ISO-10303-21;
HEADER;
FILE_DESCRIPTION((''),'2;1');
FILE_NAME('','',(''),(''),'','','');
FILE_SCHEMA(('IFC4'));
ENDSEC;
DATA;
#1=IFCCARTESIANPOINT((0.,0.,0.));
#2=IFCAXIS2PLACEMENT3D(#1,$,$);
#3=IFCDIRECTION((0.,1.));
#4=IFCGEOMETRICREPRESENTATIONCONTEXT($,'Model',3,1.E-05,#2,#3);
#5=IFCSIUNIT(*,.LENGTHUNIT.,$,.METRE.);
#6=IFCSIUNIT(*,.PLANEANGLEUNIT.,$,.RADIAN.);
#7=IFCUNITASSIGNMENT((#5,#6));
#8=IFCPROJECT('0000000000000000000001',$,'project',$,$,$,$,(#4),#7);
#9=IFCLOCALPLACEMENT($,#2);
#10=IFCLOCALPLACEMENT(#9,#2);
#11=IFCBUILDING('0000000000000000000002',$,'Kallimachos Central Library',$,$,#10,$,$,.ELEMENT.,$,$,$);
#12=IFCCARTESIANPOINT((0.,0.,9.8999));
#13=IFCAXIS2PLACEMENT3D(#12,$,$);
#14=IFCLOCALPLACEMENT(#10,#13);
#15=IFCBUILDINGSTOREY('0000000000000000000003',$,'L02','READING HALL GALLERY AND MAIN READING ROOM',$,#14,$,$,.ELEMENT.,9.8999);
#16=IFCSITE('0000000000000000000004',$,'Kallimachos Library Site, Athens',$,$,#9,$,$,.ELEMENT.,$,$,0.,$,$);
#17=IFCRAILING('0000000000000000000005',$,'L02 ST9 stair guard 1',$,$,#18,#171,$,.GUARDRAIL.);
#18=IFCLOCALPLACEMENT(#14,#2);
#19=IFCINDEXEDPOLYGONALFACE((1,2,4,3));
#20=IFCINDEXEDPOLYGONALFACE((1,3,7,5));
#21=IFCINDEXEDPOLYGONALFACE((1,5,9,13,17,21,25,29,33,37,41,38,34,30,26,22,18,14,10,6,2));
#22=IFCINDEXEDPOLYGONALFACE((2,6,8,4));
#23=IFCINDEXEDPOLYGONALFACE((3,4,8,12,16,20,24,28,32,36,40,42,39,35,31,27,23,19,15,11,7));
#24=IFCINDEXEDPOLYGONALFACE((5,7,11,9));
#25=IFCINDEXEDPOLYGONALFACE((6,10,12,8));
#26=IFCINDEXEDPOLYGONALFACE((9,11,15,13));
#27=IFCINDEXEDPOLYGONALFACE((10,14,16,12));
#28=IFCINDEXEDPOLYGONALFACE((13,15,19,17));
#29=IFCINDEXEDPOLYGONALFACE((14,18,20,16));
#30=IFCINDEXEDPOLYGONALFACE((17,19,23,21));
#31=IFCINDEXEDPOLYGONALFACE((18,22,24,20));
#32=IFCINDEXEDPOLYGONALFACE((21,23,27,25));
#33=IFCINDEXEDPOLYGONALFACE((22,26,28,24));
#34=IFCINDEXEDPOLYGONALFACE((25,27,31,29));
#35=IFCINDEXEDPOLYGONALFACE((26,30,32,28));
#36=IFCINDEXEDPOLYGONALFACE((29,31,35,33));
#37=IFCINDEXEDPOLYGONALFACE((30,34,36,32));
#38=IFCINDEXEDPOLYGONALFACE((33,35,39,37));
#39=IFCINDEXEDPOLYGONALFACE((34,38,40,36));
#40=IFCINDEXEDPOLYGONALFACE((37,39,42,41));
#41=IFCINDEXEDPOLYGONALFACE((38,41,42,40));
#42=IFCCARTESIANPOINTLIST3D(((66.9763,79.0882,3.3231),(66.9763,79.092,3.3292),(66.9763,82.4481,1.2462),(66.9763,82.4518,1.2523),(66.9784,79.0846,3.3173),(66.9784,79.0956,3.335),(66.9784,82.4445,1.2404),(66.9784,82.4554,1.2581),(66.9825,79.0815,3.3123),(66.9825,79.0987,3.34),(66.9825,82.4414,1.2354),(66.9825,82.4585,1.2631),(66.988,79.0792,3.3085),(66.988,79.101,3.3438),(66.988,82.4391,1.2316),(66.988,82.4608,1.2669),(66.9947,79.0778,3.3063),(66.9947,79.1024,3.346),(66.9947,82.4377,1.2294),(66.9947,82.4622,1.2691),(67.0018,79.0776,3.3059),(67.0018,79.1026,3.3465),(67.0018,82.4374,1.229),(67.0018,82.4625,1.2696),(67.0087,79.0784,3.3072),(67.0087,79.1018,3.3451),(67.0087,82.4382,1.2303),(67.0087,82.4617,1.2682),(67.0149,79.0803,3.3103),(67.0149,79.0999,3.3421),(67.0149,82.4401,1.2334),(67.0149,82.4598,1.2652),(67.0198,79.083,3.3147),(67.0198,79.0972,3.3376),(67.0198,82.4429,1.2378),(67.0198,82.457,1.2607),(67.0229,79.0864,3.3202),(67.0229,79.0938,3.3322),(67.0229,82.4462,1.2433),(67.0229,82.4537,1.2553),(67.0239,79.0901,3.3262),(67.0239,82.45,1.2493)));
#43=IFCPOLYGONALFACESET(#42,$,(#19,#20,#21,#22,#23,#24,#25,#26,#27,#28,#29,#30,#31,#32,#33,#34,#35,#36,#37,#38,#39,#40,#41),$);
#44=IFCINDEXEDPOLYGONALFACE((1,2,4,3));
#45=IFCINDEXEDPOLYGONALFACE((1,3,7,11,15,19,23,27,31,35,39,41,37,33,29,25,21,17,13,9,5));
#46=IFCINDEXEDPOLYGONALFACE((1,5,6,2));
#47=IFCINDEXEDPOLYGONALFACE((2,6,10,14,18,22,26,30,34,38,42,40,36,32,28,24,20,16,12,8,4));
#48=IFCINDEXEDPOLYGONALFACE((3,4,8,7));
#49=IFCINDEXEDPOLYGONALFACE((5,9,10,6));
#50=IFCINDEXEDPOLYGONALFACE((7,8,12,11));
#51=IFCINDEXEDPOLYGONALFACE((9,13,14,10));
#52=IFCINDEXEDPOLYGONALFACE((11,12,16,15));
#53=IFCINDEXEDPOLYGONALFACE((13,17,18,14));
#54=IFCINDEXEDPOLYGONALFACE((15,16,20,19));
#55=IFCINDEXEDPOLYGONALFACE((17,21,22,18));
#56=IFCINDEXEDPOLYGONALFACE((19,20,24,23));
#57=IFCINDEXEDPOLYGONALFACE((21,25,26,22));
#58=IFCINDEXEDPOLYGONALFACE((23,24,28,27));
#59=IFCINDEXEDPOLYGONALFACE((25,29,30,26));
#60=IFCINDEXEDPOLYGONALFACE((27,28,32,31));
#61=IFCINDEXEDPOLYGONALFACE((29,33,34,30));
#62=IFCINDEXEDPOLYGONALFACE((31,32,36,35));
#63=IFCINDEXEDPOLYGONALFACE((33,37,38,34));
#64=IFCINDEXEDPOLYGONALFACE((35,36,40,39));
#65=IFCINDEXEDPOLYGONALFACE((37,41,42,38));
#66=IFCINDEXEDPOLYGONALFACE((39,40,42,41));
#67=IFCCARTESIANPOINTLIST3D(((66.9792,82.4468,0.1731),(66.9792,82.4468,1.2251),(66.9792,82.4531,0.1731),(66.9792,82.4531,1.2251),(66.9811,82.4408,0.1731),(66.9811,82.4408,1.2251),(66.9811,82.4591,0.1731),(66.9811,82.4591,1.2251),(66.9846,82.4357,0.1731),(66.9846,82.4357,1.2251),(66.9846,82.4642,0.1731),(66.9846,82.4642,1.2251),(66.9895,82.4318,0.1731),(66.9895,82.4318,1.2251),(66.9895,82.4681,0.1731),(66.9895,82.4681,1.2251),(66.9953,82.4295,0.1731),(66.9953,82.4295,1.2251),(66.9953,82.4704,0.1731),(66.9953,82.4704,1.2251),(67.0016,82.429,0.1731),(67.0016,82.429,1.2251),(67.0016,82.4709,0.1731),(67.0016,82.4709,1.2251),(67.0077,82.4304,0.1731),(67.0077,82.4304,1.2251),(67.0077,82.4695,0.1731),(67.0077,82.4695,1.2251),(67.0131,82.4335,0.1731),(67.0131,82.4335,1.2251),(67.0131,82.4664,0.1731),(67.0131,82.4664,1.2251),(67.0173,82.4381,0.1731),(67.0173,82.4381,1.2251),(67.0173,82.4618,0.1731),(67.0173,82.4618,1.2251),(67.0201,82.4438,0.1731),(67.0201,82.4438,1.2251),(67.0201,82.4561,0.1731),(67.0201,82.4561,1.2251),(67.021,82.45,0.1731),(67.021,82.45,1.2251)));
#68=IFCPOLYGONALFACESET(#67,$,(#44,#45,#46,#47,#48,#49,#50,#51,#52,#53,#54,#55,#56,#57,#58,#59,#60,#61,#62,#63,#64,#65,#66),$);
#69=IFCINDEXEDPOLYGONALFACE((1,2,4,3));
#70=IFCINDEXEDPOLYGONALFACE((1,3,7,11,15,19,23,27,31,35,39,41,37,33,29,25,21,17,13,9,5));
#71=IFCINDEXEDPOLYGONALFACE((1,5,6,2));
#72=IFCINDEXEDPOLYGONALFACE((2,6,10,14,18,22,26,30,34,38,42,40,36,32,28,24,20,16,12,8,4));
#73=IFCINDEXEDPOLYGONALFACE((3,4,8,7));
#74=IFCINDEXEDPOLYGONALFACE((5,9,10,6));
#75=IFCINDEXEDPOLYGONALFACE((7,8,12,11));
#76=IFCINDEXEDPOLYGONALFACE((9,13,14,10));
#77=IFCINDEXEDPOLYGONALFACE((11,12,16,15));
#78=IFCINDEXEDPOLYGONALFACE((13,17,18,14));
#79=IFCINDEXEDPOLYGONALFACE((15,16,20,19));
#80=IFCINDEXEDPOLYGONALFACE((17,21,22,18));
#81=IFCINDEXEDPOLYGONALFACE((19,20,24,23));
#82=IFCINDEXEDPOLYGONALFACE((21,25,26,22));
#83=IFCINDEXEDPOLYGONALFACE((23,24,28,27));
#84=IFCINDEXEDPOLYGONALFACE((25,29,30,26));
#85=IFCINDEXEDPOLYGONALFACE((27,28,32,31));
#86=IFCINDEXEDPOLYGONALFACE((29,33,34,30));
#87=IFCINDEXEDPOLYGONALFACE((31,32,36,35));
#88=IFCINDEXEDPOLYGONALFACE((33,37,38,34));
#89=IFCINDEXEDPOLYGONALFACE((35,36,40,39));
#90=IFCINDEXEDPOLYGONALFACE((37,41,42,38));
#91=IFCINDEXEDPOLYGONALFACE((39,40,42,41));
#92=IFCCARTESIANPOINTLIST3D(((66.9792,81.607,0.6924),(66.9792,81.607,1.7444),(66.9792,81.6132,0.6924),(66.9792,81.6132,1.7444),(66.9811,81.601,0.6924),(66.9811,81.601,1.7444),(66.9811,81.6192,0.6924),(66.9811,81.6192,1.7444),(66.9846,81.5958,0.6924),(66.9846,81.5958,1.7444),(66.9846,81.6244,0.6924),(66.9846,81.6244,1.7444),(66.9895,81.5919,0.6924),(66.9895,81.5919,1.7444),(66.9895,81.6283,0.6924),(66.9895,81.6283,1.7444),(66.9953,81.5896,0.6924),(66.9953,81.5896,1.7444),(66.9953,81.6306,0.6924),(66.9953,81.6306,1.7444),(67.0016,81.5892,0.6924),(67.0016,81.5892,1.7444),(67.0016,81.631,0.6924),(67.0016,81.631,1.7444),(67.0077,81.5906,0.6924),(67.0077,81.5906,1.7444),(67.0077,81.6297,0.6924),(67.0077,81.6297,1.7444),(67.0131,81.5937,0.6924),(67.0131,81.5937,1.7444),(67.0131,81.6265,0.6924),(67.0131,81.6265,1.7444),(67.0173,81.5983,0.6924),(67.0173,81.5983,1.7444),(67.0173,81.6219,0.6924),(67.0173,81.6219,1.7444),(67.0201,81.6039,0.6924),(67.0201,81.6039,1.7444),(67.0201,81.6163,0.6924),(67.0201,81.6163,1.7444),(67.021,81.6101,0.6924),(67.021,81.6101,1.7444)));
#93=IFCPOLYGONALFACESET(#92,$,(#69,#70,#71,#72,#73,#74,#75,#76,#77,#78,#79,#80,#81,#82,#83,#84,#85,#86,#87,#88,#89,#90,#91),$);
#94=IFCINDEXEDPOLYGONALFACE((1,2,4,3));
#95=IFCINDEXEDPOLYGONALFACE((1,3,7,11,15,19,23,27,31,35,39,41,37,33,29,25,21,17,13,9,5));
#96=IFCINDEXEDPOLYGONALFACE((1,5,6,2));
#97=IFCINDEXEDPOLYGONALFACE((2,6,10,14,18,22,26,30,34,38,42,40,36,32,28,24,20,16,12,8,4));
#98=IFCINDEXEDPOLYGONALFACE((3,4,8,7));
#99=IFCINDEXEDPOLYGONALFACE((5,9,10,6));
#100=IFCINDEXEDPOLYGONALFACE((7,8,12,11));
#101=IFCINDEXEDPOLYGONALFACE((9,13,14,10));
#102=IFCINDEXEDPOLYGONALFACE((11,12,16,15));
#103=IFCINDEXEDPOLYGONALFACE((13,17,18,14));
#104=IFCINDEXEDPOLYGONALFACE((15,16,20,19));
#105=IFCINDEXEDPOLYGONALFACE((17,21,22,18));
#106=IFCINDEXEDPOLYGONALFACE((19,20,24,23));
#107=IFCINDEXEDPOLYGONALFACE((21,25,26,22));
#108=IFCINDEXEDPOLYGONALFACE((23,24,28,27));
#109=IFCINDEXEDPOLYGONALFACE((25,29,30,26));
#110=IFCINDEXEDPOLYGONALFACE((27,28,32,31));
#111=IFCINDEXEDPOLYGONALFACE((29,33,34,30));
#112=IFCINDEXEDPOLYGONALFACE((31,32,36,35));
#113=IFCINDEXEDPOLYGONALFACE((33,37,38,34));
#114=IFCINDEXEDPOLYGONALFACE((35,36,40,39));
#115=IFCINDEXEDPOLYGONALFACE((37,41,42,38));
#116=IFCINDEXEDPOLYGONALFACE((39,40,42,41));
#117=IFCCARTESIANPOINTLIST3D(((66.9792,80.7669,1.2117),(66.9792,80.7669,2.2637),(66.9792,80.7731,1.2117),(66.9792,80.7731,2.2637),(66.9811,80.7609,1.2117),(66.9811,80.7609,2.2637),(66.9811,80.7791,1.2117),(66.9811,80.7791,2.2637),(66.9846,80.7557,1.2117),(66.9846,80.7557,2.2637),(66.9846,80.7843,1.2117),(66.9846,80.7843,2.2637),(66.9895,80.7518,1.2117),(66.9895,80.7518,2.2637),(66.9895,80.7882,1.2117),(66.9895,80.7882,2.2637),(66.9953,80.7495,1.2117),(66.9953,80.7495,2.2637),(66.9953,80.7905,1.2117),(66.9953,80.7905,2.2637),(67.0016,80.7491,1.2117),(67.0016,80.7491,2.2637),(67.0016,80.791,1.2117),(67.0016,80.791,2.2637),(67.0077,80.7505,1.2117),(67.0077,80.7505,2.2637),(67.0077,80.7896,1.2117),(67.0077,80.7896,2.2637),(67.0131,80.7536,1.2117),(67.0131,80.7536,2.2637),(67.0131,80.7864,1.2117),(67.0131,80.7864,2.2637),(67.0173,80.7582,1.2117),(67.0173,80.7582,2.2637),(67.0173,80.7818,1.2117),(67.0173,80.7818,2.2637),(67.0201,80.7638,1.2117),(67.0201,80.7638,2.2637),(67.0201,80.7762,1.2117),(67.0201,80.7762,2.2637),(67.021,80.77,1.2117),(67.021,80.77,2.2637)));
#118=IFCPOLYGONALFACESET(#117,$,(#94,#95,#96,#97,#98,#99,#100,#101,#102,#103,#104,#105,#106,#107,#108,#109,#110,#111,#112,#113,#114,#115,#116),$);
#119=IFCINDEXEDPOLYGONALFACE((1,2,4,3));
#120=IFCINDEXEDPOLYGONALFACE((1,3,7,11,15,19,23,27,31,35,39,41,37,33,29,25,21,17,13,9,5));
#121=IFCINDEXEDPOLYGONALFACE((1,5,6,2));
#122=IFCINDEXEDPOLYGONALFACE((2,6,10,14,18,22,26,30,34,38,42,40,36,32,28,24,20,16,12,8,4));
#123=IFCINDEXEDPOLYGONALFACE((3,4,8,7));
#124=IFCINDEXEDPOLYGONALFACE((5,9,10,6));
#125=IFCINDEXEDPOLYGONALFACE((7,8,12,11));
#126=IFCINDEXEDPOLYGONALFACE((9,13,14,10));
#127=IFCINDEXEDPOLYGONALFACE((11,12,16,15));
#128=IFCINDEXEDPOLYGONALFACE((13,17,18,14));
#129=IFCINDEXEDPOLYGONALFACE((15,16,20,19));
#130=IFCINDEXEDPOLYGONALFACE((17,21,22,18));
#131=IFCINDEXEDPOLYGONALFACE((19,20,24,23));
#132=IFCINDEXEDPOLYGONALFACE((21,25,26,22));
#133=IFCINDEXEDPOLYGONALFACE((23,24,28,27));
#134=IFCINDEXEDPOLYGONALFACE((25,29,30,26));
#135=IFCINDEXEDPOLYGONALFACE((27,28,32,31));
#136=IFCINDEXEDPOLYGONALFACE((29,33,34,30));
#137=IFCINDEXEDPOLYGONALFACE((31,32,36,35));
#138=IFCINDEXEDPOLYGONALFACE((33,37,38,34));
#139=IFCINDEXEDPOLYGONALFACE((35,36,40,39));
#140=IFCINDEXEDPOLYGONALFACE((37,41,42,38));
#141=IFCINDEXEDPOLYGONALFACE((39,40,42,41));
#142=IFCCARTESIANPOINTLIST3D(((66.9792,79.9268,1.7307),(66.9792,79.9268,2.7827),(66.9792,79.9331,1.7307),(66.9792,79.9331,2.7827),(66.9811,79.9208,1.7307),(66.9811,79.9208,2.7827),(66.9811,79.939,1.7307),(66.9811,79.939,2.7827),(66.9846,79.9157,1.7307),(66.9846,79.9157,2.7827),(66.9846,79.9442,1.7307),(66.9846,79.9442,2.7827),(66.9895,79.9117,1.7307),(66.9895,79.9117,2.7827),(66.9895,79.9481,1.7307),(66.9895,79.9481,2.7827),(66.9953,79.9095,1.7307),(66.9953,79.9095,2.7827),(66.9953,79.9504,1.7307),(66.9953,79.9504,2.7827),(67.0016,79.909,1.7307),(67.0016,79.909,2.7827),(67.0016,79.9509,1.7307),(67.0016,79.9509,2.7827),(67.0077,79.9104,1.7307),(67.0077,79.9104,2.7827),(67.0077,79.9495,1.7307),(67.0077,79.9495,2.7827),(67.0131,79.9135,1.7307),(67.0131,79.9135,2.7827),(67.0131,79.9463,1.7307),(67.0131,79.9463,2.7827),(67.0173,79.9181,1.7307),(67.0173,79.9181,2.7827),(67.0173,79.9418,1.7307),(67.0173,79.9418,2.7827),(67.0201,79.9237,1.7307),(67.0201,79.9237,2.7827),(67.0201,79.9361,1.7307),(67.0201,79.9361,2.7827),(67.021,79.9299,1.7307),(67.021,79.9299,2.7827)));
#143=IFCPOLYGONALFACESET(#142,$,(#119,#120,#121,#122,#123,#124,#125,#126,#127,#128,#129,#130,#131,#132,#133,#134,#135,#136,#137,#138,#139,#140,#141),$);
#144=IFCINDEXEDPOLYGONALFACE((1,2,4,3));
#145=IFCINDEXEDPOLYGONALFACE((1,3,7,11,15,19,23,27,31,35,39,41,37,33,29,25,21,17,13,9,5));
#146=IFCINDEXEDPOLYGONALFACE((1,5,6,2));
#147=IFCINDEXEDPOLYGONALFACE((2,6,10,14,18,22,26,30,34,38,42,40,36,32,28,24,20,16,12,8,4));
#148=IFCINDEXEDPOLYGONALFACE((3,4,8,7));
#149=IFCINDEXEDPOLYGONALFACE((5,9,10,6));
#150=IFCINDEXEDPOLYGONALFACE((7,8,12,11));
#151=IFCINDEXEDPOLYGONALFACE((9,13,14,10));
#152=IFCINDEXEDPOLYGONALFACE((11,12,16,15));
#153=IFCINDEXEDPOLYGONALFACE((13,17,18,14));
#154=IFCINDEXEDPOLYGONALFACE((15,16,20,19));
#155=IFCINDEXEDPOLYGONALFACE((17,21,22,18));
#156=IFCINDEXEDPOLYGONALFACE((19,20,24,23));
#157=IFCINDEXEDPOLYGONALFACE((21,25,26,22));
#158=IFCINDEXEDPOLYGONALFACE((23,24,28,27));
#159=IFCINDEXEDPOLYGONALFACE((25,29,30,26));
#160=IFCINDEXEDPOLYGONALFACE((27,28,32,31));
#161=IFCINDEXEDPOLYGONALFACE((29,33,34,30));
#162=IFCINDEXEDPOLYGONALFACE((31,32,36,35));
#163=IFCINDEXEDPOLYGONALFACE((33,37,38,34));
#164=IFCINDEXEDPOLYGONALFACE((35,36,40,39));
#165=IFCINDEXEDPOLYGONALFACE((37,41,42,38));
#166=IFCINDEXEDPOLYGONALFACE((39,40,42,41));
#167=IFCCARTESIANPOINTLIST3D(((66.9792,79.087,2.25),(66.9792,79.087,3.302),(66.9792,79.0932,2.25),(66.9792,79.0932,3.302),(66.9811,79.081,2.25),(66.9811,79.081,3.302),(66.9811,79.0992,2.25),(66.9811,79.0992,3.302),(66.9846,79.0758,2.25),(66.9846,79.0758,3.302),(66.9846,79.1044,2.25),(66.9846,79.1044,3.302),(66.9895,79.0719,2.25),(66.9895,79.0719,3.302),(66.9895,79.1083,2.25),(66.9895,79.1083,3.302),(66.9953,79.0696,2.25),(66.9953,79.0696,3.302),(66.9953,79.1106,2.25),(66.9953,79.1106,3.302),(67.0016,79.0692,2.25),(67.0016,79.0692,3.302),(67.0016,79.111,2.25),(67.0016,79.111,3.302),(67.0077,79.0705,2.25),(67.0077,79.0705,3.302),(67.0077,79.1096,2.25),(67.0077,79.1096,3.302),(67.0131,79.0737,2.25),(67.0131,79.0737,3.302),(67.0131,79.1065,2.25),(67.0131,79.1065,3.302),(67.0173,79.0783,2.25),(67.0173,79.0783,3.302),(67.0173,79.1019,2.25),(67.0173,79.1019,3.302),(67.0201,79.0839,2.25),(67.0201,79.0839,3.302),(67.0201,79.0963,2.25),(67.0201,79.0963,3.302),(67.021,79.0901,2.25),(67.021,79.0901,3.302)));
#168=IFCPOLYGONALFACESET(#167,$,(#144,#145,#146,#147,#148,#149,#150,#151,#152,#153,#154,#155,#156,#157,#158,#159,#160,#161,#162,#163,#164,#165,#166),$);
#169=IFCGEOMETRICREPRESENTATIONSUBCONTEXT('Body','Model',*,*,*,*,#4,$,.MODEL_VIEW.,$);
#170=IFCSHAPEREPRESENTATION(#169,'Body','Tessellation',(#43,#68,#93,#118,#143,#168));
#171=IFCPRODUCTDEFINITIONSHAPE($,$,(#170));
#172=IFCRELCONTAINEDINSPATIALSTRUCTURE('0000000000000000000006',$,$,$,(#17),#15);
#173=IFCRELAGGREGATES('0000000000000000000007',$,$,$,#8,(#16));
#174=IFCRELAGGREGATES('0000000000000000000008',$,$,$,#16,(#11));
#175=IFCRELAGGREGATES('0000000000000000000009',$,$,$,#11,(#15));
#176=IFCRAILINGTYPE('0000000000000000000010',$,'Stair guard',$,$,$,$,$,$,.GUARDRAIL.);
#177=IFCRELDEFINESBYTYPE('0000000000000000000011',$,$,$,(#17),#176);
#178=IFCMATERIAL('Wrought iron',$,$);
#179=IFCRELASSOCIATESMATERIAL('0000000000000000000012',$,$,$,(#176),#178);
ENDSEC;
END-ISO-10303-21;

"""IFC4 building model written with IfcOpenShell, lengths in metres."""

from ifc_helpers import new_model, si_unit, direction, frame, origin, origin_2d, place, context, subcontext, project, spatial, circle, extrude, material, type_object, element, save


model = new_model("IFC4")

# Units and contexts
model_context = context("Model", 3, precision=1e-05, world=origin(), true_north=direction((0.0, 1.0)))
body_context = subcontext(model_context, "Body", "Model", "MODEL_VIEW")
ifc_project = project(units=[si_unit("LENGTHUNIT", "METRE"), si_unit("PLANEANGLEUNIT", "RADIAN")], contexts=[model_context])

# Site, building, storey
site_placement = place(None, origin())
site = spatial("IfcSite", under=ifc_project, at=site_placement, Name="Kallimachos Library Site, Athens", CompositionType="ELEMENT", RefElevation=0.0)
building_placement = place(site_placement, origin())
building = spatial("IfcBuilding", under=site, at=building_placement, Name="Kallimachos Central Library", CompositionType="ELEMENT")
storey_placement = place(building_placement, frame((0.0, 0.0, 9.8999)))
storey = spatial("IfcBuildingStorey", under=building, at=storey_placement, Name="L02", Description="READING HALL GALLERY AND MAIN READING ROOM", CompositionType="ELEMENT", Elevation=9.8999)

# Railing
ifc_material_1 = material(Name="Wrought iron")
railing_type_1 = type_object("IfcRailingType", Name="Stair guard", PredefinedType="GUARDRAIL", material=ifc_material_1)
railing_1_placement = place(storey_placement, frame((67.0, 82.45, 0.1731)))
element("IfcRailing", 1, at=railing_1_placement, inside=storey, type_object=railing_type_1, Name="L02 ST9 stair guard 1", PredefinedType="GUARDRAIL", context=body_context, shape_type="SweptSolid", body=[
    extrude(circle(Radius=0.0239, at=origin_2d()), frame((0.0, 0.0, 1.0762), z_axis=(0.0, -0.850606, 0.525803), x_axis=(1.0, 0.0, 0.0)), (0.0, 0.0, 1.0), 3.95),
    extrude(circle(Radius=0.021, at=origin_2d()), origin(), (0.0, 0.0, 1.0), 1.052),
    extrude(circle(Radius=0.021, at=origin_2d()), frame((0.0, -0.8398, 0.5193)), (0.0, 0.0, 1.0), 1.052),
    extrude(circle(Radius=0.021, at=origin_2d()), frame((0.0, -1.6799, 1.0386)), (0.0, 0.0, 1.0), 1.052),
    extrude(circle(Radius=0.021, at=origin_2d()), frame((0.0, -2.52, 1.5576)), (0.0, 0.0, 1.0), 1.052),
    extrude(circle(Radius=0.021, at=origin_2d()), frame((0.0, -3.3599, 2.0769)), (0.0, 0.0, 1.0), 1.052),
])

save(model, "model.ifc")
